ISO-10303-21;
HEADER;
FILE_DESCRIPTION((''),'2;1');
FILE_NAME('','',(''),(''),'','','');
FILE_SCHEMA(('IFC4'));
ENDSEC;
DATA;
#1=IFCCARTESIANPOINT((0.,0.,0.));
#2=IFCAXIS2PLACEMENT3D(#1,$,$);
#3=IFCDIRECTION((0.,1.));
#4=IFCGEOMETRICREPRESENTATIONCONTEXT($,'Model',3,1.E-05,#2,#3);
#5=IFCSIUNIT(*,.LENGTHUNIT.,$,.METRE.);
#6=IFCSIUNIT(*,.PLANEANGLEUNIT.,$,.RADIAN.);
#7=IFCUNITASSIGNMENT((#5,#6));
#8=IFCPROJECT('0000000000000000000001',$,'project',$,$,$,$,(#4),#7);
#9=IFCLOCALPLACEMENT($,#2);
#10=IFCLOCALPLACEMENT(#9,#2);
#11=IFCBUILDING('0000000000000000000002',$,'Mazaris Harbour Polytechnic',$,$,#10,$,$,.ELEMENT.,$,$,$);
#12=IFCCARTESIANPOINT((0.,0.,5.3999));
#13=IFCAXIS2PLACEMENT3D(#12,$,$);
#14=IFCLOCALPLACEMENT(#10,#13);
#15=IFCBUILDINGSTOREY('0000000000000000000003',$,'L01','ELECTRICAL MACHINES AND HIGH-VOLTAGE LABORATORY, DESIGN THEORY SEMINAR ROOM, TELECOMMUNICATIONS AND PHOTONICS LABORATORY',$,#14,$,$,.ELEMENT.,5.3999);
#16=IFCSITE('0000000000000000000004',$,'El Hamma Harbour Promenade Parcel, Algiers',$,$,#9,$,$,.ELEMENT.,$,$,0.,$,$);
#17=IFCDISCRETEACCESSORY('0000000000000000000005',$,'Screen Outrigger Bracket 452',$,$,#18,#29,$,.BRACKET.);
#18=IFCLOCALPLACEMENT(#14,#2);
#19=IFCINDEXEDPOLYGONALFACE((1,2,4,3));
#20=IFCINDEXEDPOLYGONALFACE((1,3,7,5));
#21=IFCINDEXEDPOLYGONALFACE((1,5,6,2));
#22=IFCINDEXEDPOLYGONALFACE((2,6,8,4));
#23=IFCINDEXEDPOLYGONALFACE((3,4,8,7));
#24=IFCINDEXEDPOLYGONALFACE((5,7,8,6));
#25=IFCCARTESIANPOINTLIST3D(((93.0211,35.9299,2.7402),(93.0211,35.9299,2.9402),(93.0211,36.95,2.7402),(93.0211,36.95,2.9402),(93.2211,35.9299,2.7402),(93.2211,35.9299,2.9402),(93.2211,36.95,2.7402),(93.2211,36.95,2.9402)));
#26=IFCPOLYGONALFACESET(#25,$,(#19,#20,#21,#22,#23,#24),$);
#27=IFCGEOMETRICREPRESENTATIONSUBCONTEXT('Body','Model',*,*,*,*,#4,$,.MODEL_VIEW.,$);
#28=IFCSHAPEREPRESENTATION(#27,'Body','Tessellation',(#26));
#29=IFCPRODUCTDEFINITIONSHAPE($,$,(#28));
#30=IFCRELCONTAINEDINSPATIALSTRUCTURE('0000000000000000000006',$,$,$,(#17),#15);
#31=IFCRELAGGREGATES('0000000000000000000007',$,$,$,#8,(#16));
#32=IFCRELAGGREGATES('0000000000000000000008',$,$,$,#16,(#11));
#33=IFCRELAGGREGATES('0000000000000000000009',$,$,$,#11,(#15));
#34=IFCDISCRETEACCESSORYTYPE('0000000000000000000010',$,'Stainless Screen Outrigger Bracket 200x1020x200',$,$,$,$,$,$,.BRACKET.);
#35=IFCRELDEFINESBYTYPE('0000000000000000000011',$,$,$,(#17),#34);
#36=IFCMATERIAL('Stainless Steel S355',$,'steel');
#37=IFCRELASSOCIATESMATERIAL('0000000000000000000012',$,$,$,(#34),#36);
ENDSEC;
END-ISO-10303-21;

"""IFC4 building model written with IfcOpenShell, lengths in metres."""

from ifc_helpers import new_model, si_unit, direction, frame, origin, origin_2d, place, context, subcontext, project, spatial, rectangle, extrude, material, type_object, element, save


model = new_model("IFC4")

# Units and contexts
model_context = context("Model", 3, precision=1e-05, world=origin(), true_north=direction((0.0, 1.0)))
body_context = subcontext(model_context, "Body", "Model", "MODEL_VIEW")
ifc_project = project(units=[si_unit("LENGTHUNIT", "METRE"), si_unit("PLANEANGLEUNIT", "RADIAN")], contexts=[model_context])

# Site, building, storey
site_placement = place(None, origin())
site = spatial("IfcSite", under=ifc_project, at=site_placement, Name="El Hamma Harbour Promenade Parcel, Algiers", CompositionType="ELEMENT", RefElevation=0.0)
building_placement = place(site_placement, origin())
building = spatial("IfcBuilding", under=site, at=building_placement, Name="Mazaris Harbour Polytechnic", CompositionType="ELEMENT")
storey_placement = place(building_placement, frame((0.0, 0.0, 5.3999)))
storey = spatial("IfcBuildingStorey", under=building, at=storey_placement, Name="L01", Description="ELECTRICAL MACHINES AND HIGH-VOLTAGE LABORATORY, DESIGN THEORY SEMINAR ROOM, TELECOMMUNICATIONS AND PHOTONICS LABORATORY", CompositionType="ELEMENT", Elevation=5.3999)

# Discrete accessory
ifc_material_1 = material(Name="Stainless Steel S355", Category="steel")
discrete_accessory_type = type_object("IfcDiscreteAccessoryType", Name="Stainless Screen Outrigger Bracket 200x1020x200", PredefinedType="BRACKET", material=ifc_material_1)
for number, where, z_axis, x_axis, name in (
    (1, (93.1211, 36.4399, 2.7402), (0.0, 0.0, 1.0), (1.0, 0.0, 0.0), "Screen Outrigger Bracket 452"),
):
    element("IfcDiscreteAccessory", number, at=place(storey_placement, frame(where, z_axis=z_axis, x_axis=x_axis)), inside=storey, type_object=discrete_accessory_type, Name=name, PredefinedType="BRACKET", context=body_context, shape_type="SweptSolid", body=[
        extrude(rectangle(XDim=0.2, YDim=1.02, at=origin_2d()), origin(), (0.0, 0.0, 1.0), 0.2),
    ])

save(model, "model.ifc")
